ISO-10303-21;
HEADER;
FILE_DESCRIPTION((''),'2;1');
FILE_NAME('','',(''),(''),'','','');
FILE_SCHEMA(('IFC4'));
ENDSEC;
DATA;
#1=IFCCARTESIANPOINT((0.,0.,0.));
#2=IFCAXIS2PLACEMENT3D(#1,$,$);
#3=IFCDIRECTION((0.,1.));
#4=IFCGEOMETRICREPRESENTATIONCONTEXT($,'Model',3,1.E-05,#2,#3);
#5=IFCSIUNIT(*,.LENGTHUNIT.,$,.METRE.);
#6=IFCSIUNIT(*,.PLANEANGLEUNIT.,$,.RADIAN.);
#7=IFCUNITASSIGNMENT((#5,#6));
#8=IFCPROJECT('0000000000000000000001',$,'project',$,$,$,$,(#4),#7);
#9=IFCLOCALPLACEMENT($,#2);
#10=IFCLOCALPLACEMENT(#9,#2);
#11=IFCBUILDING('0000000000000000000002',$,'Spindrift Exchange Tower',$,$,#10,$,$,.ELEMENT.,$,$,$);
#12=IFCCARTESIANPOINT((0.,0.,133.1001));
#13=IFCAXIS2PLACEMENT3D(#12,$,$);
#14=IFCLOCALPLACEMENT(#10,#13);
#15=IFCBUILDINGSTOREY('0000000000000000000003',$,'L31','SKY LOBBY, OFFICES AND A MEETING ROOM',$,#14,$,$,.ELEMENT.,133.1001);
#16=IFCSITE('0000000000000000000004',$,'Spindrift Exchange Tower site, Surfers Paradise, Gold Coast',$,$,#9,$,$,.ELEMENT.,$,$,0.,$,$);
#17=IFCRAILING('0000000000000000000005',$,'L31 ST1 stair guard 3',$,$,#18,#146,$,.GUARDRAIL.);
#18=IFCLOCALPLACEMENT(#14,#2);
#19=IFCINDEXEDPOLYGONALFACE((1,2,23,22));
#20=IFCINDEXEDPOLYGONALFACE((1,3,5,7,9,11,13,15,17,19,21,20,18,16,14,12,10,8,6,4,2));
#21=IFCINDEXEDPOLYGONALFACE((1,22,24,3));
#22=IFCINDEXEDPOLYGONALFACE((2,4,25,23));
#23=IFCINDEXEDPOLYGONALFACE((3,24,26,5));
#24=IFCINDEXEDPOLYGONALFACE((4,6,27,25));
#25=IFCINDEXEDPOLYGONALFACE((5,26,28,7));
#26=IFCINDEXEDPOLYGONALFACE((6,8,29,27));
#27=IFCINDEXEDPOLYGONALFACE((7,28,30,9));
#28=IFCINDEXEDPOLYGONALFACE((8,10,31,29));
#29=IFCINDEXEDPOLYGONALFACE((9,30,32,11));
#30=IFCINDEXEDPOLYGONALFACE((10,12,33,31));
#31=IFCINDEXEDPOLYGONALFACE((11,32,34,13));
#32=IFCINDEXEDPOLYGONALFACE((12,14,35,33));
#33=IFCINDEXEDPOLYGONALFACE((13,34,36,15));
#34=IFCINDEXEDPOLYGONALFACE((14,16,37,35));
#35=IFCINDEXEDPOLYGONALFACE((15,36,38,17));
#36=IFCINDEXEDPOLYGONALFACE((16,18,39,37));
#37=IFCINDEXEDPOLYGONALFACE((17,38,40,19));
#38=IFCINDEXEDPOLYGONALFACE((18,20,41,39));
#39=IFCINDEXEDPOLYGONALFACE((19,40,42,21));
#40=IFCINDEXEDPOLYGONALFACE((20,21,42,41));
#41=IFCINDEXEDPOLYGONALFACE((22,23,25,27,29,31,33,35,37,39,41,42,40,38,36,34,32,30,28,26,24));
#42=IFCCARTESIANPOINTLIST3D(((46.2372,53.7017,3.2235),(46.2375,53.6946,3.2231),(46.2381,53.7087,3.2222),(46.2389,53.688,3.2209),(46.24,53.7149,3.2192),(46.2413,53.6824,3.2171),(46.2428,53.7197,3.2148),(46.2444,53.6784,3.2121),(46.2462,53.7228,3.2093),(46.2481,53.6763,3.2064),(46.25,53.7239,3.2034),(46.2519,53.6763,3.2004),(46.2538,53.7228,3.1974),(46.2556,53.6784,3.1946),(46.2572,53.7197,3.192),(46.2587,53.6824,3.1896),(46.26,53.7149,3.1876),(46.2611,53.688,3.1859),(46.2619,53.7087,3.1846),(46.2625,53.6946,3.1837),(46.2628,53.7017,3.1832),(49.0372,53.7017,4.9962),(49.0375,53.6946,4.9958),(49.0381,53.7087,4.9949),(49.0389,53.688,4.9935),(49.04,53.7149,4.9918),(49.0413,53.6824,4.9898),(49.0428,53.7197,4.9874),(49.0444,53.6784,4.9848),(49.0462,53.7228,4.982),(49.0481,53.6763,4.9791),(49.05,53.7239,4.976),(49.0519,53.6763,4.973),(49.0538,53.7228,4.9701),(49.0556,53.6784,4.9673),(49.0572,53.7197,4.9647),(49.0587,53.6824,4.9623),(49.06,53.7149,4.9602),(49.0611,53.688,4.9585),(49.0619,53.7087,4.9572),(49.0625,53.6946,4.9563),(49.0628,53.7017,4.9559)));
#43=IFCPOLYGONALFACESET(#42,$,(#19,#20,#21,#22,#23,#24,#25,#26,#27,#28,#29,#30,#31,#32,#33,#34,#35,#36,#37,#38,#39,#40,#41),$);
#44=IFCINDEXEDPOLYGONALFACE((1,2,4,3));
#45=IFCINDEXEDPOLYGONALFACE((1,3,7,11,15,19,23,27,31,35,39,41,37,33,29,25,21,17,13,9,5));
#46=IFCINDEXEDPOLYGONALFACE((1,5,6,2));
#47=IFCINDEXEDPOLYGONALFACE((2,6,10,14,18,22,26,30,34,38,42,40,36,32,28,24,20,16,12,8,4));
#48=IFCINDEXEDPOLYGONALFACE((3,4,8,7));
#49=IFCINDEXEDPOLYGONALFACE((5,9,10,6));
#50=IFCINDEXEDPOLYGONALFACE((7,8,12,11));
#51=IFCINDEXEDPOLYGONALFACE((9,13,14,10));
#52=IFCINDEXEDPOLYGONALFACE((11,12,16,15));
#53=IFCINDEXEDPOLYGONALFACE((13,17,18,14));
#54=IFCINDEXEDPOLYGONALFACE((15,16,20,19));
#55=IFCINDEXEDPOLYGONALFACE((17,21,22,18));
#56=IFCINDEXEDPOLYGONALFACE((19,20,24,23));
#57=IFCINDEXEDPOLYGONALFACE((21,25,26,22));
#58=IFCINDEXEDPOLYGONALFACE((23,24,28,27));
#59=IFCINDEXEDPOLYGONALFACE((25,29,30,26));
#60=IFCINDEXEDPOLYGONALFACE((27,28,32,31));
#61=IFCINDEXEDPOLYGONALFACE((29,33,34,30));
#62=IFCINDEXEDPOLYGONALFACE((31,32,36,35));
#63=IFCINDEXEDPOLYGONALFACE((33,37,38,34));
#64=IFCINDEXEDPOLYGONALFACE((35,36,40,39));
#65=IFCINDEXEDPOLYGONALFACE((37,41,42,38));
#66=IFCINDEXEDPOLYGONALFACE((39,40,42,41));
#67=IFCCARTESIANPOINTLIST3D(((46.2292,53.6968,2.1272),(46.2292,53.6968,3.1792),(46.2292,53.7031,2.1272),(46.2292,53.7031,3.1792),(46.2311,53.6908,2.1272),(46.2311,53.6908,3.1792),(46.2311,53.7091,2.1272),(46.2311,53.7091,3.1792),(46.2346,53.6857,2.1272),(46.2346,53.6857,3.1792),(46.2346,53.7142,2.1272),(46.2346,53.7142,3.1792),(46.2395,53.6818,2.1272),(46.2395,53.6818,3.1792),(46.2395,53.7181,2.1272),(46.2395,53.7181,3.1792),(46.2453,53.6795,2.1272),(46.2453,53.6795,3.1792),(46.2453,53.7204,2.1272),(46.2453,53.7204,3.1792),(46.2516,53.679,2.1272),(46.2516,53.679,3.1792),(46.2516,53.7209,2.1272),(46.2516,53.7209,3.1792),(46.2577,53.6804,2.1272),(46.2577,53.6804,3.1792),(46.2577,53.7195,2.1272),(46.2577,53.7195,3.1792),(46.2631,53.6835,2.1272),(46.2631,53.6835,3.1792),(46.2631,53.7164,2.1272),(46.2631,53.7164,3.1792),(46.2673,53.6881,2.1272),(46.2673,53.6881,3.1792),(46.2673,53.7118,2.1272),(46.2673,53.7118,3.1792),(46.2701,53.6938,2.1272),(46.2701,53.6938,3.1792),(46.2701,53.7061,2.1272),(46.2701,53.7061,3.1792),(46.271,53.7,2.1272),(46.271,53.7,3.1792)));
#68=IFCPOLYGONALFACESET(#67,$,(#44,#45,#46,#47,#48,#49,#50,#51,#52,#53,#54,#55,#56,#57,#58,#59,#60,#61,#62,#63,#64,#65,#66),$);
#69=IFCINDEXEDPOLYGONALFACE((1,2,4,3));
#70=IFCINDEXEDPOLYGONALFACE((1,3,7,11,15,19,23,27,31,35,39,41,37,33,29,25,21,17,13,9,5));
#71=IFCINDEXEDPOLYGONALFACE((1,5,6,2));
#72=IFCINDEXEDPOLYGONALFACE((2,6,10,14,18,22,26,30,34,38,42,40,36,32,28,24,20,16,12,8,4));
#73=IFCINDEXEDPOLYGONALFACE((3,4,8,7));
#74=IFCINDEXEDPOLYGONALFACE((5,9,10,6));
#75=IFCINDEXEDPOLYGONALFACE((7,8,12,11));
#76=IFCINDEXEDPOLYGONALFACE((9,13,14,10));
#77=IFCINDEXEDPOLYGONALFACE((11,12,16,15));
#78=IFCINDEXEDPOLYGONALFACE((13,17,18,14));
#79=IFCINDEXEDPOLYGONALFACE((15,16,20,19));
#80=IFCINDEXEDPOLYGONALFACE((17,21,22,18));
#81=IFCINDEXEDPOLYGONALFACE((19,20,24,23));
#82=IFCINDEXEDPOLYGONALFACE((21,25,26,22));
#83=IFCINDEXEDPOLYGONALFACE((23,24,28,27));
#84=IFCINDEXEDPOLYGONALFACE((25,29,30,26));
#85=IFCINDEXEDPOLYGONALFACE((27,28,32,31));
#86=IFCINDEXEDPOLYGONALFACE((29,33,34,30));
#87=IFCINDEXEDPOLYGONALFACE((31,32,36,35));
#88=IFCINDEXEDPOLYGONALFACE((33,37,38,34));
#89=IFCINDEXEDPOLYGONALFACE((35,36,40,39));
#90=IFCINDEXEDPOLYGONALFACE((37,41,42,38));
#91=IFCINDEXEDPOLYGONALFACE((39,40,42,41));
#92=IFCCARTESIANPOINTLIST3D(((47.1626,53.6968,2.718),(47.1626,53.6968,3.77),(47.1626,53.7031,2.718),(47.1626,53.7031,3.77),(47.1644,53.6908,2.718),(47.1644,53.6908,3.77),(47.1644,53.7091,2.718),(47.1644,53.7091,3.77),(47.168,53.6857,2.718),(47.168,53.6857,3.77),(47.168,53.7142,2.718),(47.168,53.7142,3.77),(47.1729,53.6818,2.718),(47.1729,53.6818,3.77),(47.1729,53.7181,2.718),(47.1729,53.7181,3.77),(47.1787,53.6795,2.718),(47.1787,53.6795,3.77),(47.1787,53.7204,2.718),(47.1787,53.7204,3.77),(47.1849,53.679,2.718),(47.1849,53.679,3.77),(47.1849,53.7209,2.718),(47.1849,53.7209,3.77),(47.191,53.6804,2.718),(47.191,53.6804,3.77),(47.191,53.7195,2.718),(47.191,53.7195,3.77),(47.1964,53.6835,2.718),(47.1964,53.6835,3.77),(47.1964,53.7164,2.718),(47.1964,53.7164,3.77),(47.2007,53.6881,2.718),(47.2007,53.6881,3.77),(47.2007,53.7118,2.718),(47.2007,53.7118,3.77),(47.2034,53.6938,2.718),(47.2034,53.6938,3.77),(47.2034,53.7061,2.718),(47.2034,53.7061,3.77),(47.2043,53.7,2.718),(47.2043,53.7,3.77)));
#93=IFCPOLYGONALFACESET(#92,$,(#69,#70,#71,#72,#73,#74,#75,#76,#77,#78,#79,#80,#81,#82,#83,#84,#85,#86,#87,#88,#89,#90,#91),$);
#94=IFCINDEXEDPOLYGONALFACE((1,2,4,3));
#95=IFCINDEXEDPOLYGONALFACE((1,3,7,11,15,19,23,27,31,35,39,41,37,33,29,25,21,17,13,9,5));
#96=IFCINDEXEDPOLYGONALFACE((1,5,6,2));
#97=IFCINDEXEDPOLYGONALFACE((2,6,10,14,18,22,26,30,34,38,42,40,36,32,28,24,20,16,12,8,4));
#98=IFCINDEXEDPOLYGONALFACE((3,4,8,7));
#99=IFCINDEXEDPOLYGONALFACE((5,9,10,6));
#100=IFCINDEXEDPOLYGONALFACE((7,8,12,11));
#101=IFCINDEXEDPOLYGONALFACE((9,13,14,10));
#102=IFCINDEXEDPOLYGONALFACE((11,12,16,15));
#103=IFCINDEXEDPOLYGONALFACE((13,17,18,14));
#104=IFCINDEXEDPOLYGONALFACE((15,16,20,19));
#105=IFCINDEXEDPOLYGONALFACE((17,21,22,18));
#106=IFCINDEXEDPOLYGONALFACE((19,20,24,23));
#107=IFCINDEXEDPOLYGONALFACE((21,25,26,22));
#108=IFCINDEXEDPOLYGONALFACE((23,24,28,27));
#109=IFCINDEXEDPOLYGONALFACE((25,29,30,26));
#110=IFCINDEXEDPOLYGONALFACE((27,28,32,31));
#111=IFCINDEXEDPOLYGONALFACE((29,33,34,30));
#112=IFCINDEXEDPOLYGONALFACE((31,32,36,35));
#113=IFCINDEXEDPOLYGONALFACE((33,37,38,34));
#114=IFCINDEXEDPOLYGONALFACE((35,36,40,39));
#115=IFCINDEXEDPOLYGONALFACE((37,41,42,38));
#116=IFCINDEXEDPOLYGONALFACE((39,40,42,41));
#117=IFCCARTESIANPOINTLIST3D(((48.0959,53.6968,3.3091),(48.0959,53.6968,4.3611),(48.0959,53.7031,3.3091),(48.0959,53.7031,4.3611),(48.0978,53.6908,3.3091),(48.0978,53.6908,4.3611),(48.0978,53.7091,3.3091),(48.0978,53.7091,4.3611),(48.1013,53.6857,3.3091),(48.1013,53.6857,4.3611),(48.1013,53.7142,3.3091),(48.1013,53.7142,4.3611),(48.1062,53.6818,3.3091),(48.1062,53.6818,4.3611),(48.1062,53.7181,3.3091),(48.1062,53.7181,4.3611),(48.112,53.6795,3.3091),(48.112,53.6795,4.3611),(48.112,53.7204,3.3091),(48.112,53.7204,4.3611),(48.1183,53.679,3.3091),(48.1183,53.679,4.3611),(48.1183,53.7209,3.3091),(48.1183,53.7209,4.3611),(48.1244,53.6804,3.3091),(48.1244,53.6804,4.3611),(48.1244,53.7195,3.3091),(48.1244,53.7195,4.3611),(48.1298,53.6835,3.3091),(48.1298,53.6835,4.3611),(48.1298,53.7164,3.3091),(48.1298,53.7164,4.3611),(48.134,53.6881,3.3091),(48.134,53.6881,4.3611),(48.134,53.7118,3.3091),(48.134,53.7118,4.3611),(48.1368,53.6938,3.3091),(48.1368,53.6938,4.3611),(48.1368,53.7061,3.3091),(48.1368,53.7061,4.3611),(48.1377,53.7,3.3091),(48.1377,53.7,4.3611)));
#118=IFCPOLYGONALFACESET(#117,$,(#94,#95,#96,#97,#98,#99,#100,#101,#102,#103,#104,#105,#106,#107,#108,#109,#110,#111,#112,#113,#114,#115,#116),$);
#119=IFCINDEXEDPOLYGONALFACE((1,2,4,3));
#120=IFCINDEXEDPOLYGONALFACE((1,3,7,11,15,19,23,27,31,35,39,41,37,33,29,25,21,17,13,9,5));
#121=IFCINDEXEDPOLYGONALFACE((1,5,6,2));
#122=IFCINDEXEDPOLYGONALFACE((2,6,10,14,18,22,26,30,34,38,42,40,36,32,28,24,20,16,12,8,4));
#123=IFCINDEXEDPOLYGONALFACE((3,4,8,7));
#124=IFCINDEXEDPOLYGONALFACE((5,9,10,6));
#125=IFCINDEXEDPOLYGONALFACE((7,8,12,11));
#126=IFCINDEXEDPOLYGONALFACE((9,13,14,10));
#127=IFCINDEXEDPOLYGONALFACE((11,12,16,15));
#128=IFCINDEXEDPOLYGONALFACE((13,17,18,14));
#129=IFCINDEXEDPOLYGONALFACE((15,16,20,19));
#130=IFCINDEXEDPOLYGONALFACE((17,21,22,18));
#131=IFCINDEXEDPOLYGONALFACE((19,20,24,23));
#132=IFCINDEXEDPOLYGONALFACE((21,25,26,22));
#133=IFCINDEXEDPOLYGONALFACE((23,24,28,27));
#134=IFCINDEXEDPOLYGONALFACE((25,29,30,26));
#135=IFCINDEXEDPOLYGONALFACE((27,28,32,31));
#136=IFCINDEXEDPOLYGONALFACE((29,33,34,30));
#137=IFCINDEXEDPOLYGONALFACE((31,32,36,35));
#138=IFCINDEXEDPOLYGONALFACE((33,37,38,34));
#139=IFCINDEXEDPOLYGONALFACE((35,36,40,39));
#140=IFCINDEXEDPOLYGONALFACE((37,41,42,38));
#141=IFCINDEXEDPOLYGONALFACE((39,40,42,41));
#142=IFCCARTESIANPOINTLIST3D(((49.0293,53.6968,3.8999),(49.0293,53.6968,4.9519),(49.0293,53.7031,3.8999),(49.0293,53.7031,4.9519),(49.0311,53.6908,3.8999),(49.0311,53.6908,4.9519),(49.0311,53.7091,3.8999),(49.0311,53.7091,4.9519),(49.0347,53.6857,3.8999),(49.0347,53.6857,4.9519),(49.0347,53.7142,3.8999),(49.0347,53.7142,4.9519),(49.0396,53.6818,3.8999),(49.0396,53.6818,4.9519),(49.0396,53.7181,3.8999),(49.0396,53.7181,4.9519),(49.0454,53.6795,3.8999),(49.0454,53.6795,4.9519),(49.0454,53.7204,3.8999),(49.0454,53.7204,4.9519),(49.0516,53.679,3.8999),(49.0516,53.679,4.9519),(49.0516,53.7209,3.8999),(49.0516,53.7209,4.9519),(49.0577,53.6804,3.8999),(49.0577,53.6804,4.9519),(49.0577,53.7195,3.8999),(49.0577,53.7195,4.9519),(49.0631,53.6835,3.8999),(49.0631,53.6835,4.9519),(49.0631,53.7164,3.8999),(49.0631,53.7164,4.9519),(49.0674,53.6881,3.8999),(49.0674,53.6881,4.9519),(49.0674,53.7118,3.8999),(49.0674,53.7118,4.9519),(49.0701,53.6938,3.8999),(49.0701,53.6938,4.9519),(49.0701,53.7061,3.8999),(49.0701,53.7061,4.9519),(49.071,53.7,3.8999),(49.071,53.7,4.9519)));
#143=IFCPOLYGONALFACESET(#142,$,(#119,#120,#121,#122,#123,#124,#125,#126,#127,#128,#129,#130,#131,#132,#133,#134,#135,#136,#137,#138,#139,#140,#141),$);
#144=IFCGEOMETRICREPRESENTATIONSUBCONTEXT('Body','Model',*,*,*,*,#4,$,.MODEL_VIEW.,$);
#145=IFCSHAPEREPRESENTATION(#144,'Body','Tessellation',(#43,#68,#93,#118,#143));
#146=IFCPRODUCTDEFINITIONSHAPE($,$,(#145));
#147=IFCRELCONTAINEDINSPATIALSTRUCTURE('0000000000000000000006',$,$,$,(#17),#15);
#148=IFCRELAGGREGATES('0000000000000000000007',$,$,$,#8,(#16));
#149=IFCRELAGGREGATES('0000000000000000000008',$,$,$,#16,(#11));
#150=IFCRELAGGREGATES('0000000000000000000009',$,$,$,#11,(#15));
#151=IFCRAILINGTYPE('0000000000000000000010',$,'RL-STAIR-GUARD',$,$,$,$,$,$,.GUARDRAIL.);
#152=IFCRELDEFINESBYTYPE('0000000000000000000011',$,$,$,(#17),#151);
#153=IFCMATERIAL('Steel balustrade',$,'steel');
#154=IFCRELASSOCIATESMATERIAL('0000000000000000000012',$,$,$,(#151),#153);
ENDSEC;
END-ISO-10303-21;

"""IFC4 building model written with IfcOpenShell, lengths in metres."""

from ifc_helpers import new_model, si_unit, direction, frame, origin, origin_2d, place, context, subcontext, project, spatial, circle, extrude, material, type_object, element, save


model = new_model("IFC4")

# Units and contexts
model_context = context("Model", 3, precision=1e-05, world=origin(), true_north=direction((0.0, 1.0)))
body_context = subcontext(model_context, "Body", "Model", "MODEL_VIEW")
ifc_project = project(units=[si_unit("LENGTHUNIT", "METRE"), si_unit("PLANEANGLEUNIT", "RADIAN")], contexts=[model_context])

# Site, building, storey
site_placement = place(None, origin())
site = spatial("IfcSite", under=ifc_project, at=site_placement, Name="Spindrift Exchange Tower site, Surfers Paradise, Gold Coast", CompositionType="ELEMENT", RefElevation=0.0)
building_placement = place(site_placement, origin())
building = spatial("IfcBuilding", under=site, at=building_placement, Name="Spindrift Exchange Tower", CompositionType="ELEMENT")
storey_placement = place(building_placement, frame((0.0, 0.0, 133.1001)))
storey = spatial("IfcBuildingStorey", under=building, at=storey_placement, Name="L31", Description="SKY LOBBY, OFFICES AND A MEETING ROOM", CompositionType="ELEMENT", Elevation=133.1001)

# Railing
ifc_material_1 = material(Name="Steel balustrade", Category="steel")
railing_type_1 = type_object("IfcRailingType", Name="RL-STAIR-GUARD", PredefinedType="GUARDRAIL", material=ifc_material_1)
railing_1_placement = place(storey_placement, frame((46.25, 53.7, 2.1272)))
element("IfcRailing", 1, at=railing_1_placement, inside=storey, type_object=railing_type_1, Name="L31 ST1 stair guard 3", PredefinedType="GUARDRAIL", context=body_context, shape_type="SweptSolid", body=[
    extrude(circle(Radius=0.0239, at=origin_2d()), frame((0.0, 0.0, 1.0762), z_axis=(0.844909, 0.0, 0.53491), x_axis=(0.0, 1.0, 0.0)), (0.0, 0.0, 1.0), 3.314),
    extrude(circle(Radius=0.021, at=origin_2d()), origin(), (0.0, 0.0, 1.0), 1.052),
    extrude(circle(Radius=0.021, at=origin_2d()), frame((0.9333, 0.0, 0.5908)), (0.0, 0.0, 1.0), 1.052),
    extrude(circle(Radius=0.021, at=origin_2d()), frame((1.8667, 0.0, 1.1819)), (0.0, 0.0, 1.0), 1.052),
    extrude(circle(Radius=0.021, at=origin_2d()), frame((2.8, 0.0, 1.7727)), (0.0, 0.0, 1.0), 1.052),
])

save(model, "model.ifc")
